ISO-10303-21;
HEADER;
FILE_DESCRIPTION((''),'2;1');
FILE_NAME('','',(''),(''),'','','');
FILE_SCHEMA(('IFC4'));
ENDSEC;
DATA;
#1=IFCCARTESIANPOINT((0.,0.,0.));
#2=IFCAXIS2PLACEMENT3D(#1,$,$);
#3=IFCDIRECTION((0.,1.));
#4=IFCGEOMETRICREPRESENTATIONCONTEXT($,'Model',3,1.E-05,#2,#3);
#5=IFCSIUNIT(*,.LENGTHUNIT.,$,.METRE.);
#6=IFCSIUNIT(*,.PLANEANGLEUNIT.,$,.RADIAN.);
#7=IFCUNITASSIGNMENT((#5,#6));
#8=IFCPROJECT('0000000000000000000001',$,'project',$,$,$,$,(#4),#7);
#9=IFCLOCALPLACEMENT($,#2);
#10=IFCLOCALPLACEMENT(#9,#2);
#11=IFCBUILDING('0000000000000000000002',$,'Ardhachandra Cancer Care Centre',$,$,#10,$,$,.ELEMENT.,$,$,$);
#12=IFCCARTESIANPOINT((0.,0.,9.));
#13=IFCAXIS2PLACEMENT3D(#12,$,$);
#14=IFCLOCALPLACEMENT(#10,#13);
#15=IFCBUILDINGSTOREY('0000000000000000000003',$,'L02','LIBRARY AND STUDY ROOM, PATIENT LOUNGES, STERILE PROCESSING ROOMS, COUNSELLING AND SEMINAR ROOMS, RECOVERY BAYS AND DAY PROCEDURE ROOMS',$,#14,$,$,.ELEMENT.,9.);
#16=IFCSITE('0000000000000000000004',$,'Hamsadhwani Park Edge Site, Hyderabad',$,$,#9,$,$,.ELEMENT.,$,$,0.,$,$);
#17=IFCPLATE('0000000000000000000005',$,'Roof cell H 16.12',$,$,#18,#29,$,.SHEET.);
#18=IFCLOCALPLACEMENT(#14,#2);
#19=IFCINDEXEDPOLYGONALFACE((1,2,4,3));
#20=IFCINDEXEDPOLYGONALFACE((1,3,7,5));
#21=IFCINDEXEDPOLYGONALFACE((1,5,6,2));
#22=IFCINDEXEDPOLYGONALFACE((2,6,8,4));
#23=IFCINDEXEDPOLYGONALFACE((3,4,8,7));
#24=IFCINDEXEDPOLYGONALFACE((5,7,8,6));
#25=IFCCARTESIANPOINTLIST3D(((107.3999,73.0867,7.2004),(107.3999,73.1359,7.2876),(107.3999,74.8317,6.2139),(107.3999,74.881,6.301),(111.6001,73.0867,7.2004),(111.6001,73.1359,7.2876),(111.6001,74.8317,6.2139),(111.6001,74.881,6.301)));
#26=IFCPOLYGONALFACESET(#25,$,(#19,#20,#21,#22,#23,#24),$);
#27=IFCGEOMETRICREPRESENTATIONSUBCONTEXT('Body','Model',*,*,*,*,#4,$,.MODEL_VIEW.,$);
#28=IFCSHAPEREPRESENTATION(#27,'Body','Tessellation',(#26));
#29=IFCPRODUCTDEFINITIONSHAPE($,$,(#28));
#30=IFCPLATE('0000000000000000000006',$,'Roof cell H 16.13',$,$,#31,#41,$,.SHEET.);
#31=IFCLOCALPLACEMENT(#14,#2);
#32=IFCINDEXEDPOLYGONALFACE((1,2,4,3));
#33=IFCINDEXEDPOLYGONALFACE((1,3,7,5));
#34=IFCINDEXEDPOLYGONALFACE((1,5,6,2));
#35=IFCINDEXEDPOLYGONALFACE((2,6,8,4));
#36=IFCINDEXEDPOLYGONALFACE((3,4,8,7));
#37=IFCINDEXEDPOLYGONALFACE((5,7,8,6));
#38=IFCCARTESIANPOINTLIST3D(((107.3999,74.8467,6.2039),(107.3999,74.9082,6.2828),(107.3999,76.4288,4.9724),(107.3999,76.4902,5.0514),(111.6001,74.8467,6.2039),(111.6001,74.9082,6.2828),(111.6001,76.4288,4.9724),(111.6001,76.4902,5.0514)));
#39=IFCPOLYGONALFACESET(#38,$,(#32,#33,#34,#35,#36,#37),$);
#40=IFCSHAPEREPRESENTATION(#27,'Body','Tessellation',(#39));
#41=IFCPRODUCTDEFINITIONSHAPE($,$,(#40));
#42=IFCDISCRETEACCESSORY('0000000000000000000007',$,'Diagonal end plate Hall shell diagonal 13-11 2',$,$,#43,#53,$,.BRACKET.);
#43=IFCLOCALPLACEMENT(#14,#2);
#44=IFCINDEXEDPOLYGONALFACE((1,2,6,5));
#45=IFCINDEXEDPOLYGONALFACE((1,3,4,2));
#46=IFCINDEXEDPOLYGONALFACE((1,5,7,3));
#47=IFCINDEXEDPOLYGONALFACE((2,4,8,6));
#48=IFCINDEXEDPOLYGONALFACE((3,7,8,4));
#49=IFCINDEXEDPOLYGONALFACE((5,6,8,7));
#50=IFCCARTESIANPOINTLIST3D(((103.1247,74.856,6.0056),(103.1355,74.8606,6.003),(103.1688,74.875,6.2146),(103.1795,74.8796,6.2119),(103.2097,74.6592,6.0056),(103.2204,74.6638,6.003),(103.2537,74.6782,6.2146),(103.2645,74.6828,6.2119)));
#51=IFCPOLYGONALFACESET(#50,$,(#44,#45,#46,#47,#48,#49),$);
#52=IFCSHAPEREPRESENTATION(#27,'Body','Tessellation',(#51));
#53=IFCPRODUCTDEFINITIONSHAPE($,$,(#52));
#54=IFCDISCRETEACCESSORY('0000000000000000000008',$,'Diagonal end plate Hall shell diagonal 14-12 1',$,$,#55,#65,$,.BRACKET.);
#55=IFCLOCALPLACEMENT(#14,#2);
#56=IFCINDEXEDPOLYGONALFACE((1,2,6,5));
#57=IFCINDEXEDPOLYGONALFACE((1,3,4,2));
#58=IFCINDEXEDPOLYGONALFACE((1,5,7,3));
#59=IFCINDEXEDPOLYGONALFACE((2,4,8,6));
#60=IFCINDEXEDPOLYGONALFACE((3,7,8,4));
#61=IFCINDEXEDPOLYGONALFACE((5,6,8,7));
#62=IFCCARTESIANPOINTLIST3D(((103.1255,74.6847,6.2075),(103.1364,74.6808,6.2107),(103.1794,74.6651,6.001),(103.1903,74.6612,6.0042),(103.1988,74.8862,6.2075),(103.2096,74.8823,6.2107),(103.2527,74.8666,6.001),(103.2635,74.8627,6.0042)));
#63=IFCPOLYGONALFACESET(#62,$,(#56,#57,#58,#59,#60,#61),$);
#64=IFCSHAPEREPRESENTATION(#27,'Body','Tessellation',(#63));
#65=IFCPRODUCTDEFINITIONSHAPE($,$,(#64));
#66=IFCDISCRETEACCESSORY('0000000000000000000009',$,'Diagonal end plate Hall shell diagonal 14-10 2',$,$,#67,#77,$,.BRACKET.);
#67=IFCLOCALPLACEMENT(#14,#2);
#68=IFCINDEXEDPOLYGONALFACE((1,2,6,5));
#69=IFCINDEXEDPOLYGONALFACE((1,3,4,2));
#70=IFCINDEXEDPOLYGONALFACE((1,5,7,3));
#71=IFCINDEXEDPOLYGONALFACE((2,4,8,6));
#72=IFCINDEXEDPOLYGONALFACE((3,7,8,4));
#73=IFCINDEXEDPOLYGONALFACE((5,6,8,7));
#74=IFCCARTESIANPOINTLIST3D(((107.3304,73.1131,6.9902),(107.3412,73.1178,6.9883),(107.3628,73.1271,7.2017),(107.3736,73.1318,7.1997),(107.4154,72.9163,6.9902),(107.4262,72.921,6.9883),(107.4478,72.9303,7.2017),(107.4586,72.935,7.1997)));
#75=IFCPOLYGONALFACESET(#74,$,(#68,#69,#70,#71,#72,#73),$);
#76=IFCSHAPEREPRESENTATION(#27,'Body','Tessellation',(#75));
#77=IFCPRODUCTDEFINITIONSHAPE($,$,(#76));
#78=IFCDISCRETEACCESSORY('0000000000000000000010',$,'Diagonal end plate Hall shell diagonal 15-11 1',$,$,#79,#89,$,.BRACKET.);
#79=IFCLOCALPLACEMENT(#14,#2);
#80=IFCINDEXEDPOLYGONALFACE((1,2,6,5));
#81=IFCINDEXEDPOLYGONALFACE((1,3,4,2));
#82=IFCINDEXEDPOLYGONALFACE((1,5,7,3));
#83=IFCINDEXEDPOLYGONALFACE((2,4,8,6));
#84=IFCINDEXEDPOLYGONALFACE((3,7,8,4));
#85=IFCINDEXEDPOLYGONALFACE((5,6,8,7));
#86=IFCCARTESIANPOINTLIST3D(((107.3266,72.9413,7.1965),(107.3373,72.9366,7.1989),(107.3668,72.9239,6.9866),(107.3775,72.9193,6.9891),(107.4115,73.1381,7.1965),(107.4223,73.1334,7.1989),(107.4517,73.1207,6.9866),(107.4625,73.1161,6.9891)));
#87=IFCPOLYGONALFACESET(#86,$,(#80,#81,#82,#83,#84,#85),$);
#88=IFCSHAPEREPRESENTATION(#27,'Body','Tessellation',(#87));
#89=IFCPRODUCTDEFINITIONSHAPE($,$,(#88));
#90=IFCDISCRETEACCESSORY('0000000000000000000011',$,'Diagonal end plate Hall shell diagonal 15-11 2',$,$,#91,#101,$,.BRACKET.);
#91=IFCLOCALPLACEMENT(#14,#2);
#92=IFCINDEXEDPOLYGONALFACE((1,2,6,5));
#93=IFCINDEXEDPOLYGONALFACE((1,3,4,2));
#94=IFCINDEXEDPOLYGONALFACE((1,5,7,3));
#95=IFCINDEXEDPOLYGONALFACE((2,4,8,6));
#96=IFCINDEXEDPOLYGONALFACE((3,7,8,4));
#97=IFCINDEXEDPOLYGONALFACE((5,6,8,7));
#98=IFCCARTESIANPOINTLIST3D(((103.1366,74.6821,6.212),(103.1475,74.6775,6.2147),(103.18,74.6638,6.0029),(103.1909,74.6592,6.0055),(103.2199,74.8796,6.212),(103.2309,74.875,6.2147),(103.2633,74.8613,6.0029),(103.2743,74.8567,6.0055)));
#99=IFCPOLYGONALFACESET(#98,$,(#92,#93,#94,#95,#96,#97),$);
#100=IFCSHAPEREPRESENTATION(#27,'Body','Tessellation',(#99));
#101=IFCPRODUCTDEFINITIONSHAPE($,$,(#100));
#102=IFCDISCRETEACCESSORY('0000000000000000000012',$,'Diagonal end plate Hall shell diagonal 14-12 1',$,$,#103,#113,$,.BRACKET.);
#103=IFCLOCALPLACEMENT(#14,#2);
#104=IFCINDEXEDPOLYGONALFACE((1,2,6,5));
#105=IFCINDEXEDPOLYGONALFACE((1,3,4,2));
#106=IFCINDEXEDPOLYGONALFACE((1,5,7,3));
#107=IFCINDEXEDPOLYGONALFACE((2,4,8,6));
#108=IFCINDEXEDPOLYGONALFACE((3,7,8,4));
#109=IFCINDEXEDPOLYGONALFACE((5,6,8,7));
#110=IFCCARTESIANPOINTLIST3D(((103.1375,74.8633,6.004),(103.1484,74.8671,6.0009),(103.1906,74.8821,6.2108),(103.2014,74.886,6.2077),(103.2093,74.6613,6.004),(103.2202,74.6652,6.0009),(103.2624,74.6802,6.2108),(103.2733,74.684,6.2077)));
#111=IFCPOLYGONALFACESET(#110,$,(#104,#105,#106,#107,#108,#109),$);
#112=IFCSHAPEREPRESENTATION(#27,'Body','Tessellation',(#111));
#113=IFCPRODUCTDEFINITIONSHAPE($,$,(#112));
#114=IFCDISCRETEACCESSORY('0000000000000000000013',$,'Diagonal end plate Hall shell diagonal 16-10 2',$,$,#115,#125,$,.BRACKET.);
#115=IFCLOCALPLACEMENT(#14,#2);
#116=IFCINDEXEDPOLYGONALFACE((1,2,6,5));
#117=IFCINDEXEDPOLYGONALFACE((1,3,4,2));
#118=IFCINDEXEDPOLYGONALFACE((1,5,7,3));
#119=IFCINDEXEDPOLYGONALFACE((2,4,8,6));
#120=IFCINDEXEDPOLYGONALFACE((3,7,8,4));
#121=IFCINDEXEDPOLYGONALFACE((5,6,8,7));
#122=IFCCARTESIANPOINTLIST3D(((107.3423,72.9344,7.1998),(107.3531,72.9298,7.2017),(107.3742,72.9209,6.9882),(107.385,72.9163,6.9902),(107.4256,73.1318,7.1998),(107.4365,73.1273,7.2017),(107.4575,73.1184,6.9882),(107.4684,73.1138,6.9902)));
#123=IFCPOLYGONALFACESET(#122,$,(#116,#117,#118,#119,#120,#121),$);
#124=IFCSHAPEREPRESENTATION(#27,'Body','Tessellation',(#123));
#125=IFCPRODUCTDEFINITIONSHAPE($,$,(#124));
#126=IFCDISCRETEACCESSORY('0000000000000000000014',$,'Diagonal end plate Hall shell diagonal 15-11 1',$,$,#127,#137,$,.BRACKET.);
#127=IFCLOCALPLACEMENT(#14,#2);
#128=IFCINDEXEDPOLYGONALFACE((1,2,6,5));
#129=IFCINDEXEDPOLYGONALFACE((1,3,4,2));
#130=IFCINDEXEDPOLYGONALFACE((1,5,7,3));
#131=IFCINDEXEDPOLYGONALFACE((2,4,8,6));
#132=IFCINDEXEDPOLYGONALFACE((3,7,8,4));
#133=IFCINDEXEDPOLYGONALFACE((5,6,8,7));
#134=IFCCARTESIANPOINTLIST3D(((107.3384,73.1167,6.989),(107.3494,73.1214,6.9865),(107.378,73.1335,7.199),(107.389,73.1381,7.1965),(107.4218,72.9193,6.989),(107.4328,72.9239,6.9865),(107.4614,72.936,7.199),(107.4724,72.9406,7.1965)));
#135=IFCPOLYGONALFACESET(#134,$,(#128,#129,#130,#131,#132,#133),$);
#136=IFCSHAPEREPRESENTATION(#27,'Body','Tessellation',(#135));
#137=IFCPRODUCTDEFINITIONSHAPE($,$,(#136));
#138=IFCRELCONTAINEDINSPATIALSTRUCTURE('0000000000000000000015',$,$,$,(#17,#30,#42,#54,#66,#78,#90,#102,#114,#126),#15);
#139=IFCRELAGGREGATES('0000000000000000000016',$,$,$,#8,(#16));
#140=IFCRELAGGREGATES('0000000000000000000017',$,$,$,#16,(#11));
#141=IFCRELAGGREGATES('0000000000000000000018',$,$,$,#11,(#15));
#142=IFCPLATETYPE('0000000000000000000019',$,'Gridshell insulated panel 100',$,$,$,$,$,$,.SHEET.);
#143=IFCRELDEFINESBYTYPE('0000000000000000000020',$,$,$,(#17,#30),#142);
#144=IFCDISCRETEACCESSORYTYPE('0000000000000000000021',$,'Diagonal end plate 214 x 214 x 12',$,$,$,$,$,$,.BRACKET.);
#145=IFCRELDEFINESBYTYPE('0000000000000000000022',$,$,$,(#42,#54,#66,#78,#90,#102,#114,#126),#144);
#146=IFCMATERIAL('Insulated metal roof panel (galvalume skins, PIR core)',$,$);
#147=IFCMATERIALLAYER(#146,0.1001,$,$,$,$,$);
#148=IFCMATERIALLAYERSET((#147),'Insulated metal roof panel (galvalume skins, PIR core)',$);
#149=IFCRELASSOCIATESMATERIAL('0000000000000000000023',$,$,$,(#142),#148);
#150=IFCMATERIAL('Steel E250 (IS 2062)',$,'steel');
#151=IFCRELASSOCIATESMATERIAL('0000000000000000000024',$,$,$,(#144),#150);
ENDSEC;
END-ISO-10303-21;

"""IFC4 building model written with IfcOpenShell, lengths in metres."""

from ifc_helpers import new_model, si_unit, direction, frame, origin, origin_2d, place, context, subcontext, project, spatial, polyline, rectangle, outline, extrude, material, layer, layer_set, material_profile, profile_set, type_object, element, save


model = new_model("IFC4")

# Units and contexts
model_context = context("Model", 3, precision=1e-05, world=origin(), true_north=direction((0.0, 1.0)))
body_context = subcontext(model_context, "Body", "Model", "MODEL_VIEW")
ifc_project = project(units=[si_unit("LENGTHUNIT", "METRE"), si_unit("PLANEANGLEUNIT", "RADIAN")], contexts=[model_context])

# Site, building, storey
site_placement = place(None, origin())
site = spatial("IfcSite", under=ifc_project, at=site_placement, Name="Hamsadhwani Park Edge Site, Hyderabad", CompositionType="ELEMENT", RefElevation=0.0)
building_placement = place(site_placement, origin())
building = spatial("IfcBuilding", under=site, at=building_placement, Name="Ardhachandra Cancer Care Centre", CompositionType="ELEMENT")
storey_placement = place(building_placement, frame((0.0, 0.0, 9.0)))
storey = spatial("IfcBuildingStorey", under=building, at=storey_placement, Name="L02", Description="LIBRARY AND STUDY ROOM, PATIENT LOUNGES, STERILE PROCESSING ROOMS, COUNSELLING AND SEMINAR ROOMS, RECOVERY BAYS AND DAY PROCEDURE ROOMS", CompositionType="ELEMENT", Elevation=9.0)

# Plates
ifc_material_1 = material(Name="Insulated metal roof panel (galvalume skins, PIR core)")
ifc_layer = layer(ifc_material_1, 0.1001)
ifc_layer_set = layer_set([ifc_layer], Name="Insulated metal roof panel (galvalume skins, PIR core)")
plate_type = type_object("IfcPlateType", Name="Gridshell insulated panel 100", PredefinedType="SHEET", material=ifc_layer_set)
plate_1_placement = place(storey_placement, frame((107.3999, 73.0867, 7.2004), z_axis=(0.0, 0.492134, 0.87052), x_axis=(1.0, 0.0, 0.0)))
element("IfcPlate", 1, at=plate_1_placement, inside=storey, type_object=plate_type, Name="Roof cell H 16.12", PredefinedType="SHEET", context=body_context, shape_type="SweptSolid", body=[
    extrude(outline(polyline([(0.0, 0.0), (4.2002, 0.0), (4.2002, 2.0046), (0.0, 2.0046), (0.0, 0.0)])), origin(), (0.0, 0.0, 1.0), 0.1001),
])
plate_2_placement = place(storey_placement, frame((107.3999, 74.8467, 6.2039), z_axis=(0.0, 0.614244, 0.789116), x_axis=(1.0, 0.0, 0.0)))
element("IfcPlate", 2, at=plate_2_placement, inside=storey, type_object=plate_type, Name="Roof cell H 16.13", PredefinedType="SHEET", context=body_context, shape_type="SweptSolid", body=[
    extrude(outline(polyline([(0.0, 0.0), (4.2002, 0.0), (4.2002, 2.0049), (0.0, 2.0049), (0.0, 0.0)])), origin(), (0.0, 0.0, 1.0), 0.1001),
])

# Discrete accessories
ifc_material_2 = material(Name="Steel E250 (IS 2062)", Category="steel")
ifc_material_profile_1 = material_profile(ifc_material_2, rectangle(XDim=0.2144, YDim=0.2144, at=origin_2d()), Name="PL 214x214x12")
ifc_profile_set_1 = profile_set([ifc_material_profile_1], Name="Steel E250 (IS 2062)")
discrete_accessory_type = type_object("IfcDiscreteAccessoryType", Name="Diagonal end plate 214 x 214 x 12", PredefinedType="BRACKET", material=ifc_profile_set_1)
for number, where, z_axis, x_axis, name in (
    (3, (103.2, 74.7717, 6.1074), (-0.894797, -0.38639, 0.223699), (0.396436, -0.918062, 0.0), "Diagonal end plate Hall shell diagonal 13-11 2"),
    (4, (103.2, 74.7717, 6.1074), (-0.905534, 0.329285, -0.267544), (-0.341743, -0.939793, 0.0), "Diagonal end plate Hall shell diagonal 14-12 1"),
    (5, (107.3999, 73.0264, 7.094), (-0.905534, -0.391026, 0.164643), (0.396436, -0.918062, 0.0), "Diagonal end plate Hall shell diagonal 14-10 2"),
    (6, (107.3999, 73.0264, 7.094), (-0.898708, 0.388079, -0.204252), (-0.396436, -0.918062, 0.0), "Diagonal end plate Hall shell diagonal 15-11 1"),
):
    element("IfcDiscreteAccessory", number, at=place(storey_placement, frame(where, z_axis=z_axis, x_axis=x_axis)), inside=storey, type_object=discrete_accessory_type, Name=name, PredefinedType="BRACKET", context=body_context, shape_type="SweptSolid", body=[
        extrude(rectangle(XDim=0.2144, YDim=0.2144, at=origin_2d()), origin(), (0.0, 0.0, 1.0), 0.012),
    ])
discrete_accessory_1_placement = place(storey_placement, frame((103.2, 74.7717, 6.1074), z_axis=(0.898743, -0.379469, 0.219693), x_axis=(0.388972, 0.92125, 0.0)))
element("IfcDiscreteAccessory", 7, at=discrete_accessory_1_placement, inside=storey, type_object=discrete_accessory_type, Name="Diagonal end plate Hall shell diagonal 15-11 2", PredefinedType="BRACKET", context=body_context, shape_type="SweptSolid", body=[
    extrude(rectangle(XDim=0.2144, YDim=0.2144, at=origin_2d()), origin(), (0.0, 0.0, 1.0), 0.0122),
])
for number, where, z_axis, x_axis, name in (
    (8, (103.2, 74.7717, 6.1074), (0.909137, 0.323249, -0.26264), (-0.33501, 0.942215, 0.0), "Diagonal end plate Hall shell diagonal 14-12 1"),
    (9, (107.3999, 73.0264, 7.094), (0.909137, -0.383858, 0.161624), (0.388972, 0.92125, 0.0), "Diagonal end plate Hall shell diagonal 16-10 2"),
):
    element("IfcDiscreteAccessory", number, at=place(storey_placement, frame(where, z_axis=z_axis, x_axis=x_axis)), inside=storey, type_object=discrete_accessory_type, Name=name, PredefinedType="BRACKET", context=body_context, shape_type="SweptSolid", body=[
        extrude(rectangle(XDim=0.2144, YDim=0.2144, at=origin_2d()), origin(), (0.0, 0.0, 1.0), 0.012),
    ])
discrete_accessory_2_placement = place(storey_placement, frame((107.3999, 73.0264, 7.094), z_axis=(0.902531, 0.381068, -0.200562), x_axis=(-0.388972, 0.92125, 0.0)))
element("IfcDiscreteAccessory", 10, at=discrete_accessory_2_placement, inside=storey, type_object=discrete_accessory_type, Name="Diagonal end plate Hall shell diagonal 15-11 1", PredefinedType="BRACKET", context=body_context, shape_type="SweptSolid", body=[
    extrude(rectangle(XDim=0.2144, YDim=0.2144, at=origin_2d()), origin(), (0.0, 0.0, 1.0), 0.0122),
])

save(model, "model.ifc")
